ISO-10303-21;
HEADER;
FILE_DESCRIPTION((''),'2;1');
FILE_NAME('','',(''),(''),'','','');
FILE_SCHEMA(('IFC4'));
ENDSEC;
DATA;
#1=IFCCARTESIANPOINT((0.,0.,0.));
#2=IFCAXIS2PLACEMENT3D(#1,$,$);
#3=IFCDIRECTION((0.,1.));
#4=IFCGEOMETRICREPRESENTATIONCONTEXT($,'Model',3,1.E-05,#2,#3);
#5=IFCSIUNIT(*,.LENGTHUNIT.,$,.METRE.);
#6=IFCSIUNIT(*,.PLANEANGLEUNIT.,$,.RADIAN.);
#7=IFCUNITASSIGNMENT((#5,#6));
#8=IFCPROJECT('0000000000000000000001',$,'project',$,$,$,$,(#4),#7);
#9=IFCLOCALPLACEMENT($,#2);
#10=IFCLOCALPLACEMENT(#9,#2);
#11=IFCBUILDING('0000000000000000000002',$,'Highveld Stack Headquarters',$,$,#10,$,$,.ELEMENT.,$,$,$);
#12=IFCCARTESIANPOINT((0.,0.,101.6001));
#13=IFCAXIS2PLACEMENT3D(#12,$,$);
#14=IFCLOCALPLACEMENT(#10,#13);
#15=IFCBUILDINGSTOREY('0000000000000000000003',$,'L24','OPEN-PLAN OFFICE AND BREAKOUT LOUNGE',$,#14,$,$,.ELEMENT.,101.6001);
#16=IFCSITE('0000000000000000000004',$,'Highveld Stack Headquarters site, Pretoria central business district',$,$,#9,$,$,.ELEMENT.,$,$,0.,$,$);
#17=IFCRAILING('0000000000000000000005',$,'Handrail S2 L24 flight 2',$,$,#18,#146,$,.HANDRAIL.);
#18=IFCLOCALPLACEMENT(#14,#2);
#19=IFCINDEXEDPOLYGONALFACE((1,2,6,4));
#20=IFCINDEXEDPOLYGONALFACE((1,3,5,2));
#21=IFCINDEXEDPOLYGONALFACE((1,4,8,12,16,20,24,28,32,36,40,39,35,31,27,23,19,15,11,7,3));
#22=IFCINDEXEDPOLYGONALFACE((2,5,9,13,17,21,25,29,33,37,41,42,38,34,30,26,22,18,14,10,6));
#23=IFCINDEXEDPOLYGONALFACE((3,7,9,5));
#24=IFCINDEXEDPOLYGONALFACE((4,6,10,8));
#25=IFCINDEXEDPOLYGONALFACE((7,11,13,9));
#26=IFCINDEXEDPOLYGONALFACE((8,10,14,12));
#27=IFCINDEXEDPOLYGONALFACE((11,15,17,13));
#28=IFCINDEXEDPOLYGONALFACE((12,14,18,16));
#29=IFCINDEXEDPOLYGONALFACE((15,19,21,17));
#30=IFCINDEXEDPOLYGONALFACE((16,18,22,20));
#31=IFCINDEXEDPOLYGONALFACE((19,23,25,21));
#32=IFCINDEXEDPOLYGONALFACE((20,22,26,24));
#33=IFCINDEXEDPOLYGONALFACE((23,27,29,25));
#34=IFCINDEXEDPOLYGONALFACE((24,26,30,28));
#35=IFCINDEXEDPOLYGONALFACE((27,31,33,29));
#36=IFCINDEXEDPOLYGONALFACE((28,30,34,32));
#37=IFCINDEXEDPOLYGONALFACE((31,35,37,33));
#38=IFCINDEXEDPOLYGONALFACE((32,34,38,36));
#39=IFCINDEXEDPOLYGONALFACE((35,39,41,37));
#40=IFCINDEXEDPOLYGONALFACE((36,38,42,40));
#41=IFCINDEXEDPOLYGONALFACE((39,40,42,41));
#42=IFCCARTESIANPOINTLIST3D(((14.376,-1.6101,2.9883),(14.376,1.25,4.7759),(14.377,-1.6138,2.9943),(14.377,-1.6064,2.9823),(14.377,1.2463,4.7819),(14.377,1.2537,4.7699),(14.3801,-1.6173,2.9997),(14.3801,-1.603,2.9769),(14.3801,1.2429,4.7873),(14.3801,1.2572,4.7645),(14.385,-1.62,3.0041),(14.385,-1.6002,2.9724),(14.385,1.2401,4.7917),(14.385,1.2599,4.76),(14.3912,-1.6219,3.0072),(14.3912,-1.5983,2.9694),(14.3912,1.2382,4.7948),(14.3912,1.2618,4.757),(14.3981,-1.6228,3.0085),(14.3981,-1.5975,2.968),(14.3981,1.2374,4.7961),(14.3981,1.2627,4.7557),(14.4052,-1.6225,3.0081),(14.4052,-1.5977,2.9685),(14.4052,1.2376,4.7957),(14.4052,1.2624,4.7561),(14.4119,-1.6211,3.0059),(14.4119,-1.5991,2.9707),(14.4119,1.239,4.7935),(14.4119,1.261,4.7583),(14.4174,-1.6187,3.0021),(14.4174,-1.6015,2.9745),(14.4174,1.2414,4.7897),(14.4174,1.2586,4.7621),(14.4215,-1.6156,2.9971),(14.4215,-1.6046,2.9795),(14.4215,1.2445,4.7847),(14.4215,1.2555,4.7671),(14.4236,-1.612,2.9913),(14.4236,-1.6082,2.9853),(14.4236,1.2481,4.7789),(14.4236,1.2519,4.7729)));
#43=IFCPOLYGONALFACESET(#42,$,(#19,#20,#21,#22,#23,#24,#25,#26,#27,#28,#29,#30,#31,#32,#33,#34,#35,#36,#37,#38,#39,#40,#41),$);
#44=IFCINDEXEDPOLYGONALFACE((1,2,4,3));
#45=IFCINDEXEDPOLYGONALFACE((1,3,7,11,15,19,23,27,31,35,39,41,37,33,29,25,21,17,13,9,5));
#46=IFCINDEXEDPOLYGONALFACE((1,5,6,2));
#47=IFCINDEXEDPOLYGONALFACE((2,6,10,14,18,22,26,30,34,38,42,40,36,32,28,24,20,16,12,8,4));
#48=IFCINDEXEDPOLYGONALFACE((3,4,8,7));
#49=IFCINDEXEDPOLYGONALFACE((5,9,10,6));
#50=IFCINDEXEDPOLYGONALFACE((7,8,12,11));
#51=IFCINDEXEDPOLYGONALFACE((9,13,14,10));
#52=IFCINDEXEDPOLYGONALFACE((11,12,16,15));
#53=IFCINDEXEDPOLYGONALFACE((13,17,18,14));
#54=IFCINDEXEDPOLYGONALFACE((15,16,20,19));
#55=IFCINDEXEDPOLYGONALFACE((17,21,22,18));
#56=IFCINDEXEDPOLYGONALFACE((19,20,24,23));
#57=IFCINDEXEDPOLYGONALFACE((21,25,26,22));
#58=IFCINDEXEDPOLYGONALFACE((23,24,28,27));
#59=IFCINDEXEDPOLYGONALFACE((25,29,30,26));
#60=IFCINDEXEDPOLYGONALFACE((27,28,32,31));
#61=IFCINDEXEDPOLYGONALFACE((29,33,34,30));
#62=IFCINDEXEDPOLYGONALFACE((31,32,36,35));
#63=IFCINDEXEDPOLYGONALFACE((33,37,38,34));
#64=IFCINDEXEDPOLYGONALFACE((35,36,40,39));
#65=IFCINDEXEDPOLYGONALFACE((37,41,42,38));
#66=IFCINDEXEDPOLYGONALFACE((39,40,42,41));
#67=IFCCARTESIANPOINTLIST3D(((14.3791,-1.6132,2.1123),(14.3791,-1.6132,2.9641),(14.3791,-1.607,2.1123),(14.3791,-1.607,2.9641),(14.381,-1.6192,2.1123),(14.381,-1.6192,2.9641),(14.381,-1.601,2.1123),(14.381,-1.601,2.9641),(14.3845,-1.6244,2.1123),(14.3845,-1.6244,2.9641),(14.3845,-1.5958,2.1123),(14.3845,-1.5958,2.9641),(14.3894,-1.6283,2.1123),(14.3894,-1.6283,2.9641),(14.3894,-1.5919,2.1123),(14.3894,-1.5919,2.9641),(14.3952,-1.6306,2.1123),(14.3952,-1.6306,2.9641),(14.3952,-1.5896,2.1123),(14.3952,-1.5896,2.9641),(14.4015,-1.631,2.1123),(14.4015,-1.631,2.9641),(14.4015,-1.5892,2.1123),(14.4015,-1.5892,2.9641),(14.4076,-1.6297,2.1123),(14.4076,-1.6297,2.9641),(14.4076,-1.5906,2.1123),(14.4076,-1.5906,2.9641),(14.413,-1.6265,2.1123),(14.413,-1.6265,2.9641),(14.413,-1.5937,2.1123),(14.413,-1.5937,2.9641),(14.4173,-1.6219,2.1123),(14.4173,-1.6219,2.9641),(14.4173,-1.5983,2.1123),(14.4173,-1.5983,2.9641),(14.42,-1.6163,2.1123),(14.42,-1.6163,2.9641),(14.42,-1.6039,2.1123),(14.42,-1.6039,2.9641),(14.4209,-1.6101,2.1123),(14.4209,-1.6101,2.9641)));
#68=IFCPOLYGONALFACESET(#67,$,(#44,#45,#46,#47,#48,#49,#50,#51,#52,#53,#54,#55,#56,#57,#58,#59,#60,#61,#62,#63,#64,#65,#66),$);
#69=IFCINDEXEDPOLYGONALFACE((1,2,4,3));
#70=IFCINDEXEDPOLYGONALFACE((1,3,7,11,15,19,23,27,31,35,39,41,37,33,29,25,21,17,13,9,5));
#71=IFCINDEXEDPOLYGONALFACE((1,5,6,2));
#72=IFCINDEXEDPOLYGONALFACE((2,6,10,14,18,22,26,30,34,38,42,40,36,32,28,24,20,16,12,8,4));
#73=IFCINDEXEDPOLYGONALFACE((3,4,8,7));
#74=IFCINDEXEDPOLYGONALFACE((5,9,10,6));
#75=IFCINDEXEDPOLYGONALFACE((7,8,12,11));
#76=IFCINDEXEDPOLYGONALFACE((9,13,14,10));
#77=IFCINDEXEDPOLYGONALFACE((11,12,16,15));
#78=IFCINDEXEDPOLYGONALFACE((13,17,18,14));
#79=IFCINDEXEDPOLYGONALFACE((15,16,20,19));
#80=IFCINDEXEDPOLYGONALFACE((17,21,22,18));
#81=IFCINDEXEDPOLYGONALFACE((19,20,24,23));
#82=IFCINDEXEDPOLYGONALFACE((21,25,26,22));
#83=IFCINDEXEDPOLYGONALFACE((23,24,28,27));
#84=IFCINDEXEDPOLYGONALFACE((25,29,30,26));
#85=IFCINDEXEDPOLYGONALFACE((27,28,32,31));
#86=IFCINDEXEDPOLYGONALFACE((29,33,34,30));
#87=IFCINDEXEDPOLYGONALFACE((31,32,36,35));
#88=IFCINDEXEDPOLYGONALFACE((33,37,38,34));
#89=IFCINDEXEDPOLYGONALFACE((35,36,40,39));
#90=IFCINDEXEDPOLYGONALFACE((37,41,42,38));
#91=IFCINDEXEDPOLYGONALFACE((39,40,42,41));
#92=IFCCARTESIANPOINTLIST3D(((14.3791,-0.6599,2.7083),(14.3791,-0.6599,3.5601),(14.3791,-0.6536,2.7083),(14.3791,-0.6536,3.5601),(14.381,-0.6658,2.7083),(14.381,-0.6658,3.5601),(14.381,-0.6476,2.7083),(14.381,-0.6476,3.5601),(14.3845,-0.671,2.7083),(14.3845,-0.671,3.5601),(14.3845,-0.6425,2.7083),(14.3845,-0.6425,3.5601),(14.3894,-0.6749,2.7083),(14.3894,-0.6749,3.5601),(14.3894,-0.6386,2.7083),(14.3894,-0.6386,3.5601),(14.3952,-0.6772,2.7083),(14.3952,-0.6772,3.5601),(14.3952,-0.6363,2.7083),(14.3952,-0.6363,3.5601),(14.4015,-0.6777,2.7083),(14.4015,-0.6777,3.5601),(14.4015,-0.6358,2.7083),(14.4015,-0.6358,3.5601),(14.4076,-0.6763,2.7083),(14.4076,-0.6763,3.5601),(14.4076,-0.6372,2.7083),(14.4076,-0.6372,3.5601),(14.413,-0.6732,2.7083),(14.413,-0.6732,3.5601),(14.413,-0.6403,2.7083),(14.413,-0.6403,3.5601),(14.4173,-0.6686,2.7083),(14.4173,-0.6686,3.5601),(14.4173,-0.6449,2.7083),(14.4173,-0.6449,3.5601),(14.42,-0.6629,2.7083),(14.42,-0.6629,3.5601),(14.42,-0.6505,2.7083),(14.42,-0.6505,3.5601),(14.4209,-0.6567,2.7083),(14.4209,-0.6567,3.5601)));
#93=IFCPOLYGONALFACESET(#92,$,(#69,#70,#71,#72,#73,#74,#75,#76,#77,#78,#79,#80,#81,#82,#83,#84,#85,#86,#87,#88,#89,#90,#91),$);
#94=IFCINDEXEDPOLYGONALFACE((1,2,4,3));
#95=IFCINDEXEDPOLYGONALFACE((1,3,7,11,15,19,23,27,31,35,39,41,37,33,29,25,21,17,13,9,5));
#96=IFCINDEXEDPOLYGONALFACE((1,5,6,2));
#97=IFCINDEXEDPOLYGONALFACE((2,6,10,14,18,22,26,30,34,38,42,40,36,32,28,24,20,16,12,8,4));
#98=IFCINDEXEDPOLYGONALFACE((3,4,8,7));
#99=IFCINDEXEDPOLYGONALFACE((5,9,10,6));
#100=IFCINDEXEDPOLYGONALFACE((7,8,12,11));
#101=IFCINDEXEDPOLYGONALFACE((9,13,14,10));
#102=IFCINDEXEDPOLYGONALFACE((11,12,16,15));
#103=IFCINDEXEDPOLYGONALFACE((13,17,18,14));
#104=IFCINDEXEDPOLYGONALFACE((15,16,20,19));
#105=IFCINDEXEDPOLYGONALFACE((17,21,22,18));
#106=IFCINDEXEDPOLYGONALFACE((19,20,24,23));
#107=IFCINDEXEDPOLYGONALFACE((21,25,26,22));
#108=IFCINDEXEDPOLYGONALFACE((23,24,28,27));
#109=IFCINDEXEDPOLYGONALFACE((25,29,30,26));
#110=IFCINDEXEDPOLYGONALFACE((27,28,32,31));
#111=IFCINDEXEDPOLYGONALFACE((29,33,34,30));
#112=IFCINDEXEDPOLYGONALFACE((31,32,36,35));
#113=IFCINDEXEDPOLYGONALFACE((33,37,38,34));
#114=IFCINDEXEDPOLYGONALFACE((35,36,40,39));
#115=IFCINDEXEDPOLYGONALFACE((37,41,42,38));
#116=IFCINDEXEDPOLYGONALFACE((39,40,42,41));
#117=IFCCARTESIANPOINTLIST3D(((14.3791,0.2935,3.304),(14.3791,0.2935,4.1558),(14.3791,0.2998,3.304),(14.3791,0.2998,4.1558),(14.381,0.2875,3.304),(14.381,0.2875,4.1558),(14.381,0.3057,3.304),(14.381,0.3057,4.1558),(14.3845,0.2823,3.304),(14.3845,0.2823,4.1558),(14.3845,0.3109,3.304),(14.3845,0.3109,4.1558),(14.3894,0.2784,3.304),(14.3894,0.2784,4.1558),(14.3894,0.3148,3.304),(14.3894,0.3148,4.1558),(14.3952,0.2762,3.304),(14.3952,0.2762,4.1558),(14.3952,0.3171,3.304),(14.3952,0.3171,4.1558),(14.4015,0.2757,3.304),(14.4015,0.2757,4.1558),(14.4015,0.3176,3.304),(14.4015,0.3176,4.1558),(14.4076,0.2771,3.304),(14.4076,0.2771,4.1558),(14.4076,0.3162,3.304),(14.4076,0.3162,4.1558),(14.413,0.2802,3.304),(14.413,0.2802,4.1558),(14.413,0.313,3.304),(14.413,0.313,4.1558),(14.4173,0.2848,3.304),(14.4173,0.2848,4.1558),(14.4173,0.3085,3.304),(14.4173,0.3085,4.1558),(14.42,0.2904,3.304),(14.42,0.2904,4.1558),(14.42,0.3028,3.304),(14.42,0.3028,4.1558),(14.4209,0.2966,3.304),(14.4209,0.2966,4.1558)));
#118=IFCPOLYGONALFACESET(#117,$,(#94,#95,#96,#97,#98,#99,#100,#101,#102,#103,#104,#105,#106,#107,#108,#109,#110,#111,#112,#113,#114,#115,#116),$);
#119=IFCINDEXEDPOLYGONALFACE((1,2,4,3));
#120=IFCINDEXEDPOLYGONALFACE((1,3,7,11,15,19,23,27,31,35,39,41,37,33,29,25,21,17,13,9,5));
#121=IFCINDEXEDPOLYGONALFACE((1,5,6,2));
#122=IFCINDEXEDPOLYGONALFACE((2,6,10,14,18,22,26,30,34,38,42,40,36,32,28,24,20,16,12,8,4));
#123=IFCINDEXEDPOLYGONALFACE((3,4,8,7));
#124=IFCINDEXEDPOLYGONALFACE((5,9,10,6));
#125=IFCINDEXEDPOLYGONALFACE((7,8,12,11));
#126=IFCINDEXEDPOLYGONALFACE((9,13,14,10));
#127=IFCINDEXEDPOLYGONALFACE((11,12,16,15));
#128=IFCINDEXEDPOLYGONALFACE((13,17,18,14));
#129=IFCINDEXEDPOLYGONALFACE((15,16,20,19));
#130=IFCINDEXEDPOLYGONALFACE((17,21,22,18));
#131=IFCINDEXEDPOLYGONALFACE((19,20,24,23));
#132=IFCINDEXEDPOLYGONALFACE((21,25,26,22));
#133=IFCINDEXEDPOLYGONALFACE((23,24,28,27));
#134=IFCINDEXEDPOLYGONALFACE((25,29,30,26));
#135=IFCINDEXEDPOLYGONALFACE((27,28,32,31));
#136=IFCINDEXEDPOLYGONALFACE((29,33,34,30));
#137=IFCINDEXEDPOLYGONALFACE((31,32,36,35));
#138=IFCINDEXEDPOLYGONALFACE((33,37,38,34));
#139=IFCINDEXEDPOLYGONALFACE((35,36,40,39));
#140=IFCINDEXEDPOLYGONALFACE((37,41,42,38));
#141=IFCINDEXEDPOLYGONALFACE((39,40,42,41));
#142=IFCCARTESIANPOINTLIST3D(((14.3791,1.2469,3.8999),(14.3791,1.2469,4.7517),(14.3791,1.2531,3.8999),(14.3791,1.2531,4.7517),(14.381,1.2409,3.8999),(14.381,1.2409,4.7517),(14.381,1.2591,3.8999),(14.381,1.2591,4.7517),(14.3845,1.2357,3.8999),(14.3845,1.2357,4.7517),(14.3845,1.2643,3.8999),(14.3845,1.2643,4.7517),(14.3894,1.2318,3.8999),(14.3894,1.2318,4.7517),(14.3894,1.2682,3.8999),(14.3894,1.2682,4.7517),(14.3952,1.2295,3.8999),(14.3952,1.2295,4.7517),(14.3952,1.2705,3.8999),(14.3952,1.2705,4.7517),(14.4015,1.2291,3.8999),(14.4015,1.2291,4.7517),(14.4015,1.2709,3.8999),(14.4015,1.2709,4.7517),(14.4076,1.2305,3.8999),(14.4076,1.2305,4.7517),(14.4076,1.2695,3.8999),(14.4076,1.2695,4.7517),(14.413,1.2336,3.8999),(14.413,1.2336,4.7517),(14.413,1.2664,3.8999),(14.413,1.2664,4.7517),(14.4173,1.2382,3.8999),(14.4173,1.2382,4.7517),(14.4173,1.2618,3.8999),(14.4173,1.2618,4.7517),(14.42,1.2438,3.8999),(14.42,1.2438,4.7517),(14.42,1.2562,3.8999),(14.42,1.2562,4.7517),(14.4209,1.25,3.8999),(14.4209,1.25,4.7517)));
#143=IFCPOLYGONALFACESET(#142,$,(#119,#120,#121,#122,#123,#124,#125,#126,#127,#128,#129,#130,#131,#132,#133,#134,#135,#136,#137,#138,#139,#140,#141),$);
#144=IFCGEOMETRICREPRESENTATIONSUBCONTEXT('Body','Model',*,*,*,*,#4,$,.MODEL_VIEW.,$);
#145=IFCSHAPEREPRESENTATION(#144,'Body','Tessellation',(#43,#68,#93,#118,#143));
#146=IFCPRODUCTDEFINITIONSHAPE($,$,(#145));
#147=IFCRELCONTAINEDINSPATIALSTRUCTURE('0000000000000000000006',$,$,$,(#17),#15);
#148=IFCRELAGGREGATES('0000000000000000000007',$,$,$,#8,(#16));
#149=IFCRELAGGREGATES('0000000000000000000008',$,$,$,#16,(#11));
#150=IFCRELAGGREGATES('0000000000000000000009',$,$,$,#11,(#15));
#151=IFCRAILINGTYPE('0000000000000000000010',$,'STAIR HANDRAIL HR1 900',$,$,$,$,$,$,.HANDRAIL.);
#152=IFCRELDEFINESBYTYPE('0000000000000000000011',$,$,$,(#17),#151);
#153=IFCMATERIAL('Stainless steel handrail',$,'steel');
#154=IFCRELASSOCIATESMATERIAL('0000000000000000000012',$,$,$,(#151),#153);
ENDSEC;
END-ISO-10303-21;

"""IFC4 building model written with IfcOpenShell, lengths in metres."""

from ifc_helpers import new_model, si_unit, direction, frame, origin, origin_2d, place, context, subcontext, project, spatial, circle, extrude, material, type_object, element, save


model = new_model("IFC4")

# Units and contexts
model_context = context("Model", 3, precision=1e-05, world=origin(), true_north=direction((0.0, 1.0)))
body_context = subcontext(model_context, "Body", "Model", "MODEL_VIEW")
ifc_project = project(units=[si_unit("LENGTHUNIT", "METRE"), si_unit("PLANEANGLEUNIT", "RADIAN")], contexts=[model_context])

# Site, building, storey
site_placement = place(None, origin())
site = spatial("IfcSite", under=ifc_project, at=site_placement, Name="Highveld Stack Headquarters site, Pretoria central business district", CompositionType="ELEMENT", RefElevation=0.0)
building_placement = place(site_placement, origin())
building = spatial("IfcBuilding", under=site, at=building_placement, Name="Highveld Stack Headquarters", CompositionType="ELEMENT")
storey_placement = place(building_placement, frame((0.0, 0.0, 101.6001)))
storey = spatial("IfcBuildingStorey", under=building, at=storey_placement, Name="L24", Description="OPEN-PLAN OFFICE AND BREAKOUT LOUNGE", CompositionType="ELEMENT", Elevation=101.6001)

# Railing
ifc_material_1 = material(Name="Stainless steel handrail", Category="steel")
railing_type = type_object("IfcRailingType", Name="STAIR HANDRAIL HR1 900", PredefinedType="HANDRAIL", material=ifc_material_1)
for number, where, name in (
    (1, (14.3999, -1.6101, 2.1123), "Handrail S2 L24 flight 2"),
):
    element("IfcRailing", number, at=place(storey_placement, frame(where)), inside=storey, type_object=railing_type, Name=name, PredefinedType="HANDRAIL", context=body_context, shape_type="SweptSolid", body=[
        extrude(circle(Radius=0.0239, at=origin_2d()), frame((0.0, 0.0, 0.876), z_axis=(0.0, 0.847994, 0.530005), x_axis=(-1.0, 0.0, 0.0)), (0.0, 0.0, 1.0), 3.3728),
        extrude(circle(Radius=0.021, at=origin_2d()), origin(), (0.0, 0.0, 1.0), 0.8518),
        extrude(circle(Radius=0.021, at=origin_2d()), frame((0.0, 0.9534, 0.5959)), (0.0, 0.0, 1.0), 0.8518),
        extrude(circle(Radius=0.021, at=origin_2d()), frame((0.0, 1.9067, 1.1917)), (0.0, 0.0, 1.0), 0.8518),
        extrude(circle(Radius=0.021, at=origin_2d()), frame((0.0, 2.8601, 1.7876)), (0.0, 0.0, 1.0), 0.8518),
    ])

save(model, "model.ifc")
